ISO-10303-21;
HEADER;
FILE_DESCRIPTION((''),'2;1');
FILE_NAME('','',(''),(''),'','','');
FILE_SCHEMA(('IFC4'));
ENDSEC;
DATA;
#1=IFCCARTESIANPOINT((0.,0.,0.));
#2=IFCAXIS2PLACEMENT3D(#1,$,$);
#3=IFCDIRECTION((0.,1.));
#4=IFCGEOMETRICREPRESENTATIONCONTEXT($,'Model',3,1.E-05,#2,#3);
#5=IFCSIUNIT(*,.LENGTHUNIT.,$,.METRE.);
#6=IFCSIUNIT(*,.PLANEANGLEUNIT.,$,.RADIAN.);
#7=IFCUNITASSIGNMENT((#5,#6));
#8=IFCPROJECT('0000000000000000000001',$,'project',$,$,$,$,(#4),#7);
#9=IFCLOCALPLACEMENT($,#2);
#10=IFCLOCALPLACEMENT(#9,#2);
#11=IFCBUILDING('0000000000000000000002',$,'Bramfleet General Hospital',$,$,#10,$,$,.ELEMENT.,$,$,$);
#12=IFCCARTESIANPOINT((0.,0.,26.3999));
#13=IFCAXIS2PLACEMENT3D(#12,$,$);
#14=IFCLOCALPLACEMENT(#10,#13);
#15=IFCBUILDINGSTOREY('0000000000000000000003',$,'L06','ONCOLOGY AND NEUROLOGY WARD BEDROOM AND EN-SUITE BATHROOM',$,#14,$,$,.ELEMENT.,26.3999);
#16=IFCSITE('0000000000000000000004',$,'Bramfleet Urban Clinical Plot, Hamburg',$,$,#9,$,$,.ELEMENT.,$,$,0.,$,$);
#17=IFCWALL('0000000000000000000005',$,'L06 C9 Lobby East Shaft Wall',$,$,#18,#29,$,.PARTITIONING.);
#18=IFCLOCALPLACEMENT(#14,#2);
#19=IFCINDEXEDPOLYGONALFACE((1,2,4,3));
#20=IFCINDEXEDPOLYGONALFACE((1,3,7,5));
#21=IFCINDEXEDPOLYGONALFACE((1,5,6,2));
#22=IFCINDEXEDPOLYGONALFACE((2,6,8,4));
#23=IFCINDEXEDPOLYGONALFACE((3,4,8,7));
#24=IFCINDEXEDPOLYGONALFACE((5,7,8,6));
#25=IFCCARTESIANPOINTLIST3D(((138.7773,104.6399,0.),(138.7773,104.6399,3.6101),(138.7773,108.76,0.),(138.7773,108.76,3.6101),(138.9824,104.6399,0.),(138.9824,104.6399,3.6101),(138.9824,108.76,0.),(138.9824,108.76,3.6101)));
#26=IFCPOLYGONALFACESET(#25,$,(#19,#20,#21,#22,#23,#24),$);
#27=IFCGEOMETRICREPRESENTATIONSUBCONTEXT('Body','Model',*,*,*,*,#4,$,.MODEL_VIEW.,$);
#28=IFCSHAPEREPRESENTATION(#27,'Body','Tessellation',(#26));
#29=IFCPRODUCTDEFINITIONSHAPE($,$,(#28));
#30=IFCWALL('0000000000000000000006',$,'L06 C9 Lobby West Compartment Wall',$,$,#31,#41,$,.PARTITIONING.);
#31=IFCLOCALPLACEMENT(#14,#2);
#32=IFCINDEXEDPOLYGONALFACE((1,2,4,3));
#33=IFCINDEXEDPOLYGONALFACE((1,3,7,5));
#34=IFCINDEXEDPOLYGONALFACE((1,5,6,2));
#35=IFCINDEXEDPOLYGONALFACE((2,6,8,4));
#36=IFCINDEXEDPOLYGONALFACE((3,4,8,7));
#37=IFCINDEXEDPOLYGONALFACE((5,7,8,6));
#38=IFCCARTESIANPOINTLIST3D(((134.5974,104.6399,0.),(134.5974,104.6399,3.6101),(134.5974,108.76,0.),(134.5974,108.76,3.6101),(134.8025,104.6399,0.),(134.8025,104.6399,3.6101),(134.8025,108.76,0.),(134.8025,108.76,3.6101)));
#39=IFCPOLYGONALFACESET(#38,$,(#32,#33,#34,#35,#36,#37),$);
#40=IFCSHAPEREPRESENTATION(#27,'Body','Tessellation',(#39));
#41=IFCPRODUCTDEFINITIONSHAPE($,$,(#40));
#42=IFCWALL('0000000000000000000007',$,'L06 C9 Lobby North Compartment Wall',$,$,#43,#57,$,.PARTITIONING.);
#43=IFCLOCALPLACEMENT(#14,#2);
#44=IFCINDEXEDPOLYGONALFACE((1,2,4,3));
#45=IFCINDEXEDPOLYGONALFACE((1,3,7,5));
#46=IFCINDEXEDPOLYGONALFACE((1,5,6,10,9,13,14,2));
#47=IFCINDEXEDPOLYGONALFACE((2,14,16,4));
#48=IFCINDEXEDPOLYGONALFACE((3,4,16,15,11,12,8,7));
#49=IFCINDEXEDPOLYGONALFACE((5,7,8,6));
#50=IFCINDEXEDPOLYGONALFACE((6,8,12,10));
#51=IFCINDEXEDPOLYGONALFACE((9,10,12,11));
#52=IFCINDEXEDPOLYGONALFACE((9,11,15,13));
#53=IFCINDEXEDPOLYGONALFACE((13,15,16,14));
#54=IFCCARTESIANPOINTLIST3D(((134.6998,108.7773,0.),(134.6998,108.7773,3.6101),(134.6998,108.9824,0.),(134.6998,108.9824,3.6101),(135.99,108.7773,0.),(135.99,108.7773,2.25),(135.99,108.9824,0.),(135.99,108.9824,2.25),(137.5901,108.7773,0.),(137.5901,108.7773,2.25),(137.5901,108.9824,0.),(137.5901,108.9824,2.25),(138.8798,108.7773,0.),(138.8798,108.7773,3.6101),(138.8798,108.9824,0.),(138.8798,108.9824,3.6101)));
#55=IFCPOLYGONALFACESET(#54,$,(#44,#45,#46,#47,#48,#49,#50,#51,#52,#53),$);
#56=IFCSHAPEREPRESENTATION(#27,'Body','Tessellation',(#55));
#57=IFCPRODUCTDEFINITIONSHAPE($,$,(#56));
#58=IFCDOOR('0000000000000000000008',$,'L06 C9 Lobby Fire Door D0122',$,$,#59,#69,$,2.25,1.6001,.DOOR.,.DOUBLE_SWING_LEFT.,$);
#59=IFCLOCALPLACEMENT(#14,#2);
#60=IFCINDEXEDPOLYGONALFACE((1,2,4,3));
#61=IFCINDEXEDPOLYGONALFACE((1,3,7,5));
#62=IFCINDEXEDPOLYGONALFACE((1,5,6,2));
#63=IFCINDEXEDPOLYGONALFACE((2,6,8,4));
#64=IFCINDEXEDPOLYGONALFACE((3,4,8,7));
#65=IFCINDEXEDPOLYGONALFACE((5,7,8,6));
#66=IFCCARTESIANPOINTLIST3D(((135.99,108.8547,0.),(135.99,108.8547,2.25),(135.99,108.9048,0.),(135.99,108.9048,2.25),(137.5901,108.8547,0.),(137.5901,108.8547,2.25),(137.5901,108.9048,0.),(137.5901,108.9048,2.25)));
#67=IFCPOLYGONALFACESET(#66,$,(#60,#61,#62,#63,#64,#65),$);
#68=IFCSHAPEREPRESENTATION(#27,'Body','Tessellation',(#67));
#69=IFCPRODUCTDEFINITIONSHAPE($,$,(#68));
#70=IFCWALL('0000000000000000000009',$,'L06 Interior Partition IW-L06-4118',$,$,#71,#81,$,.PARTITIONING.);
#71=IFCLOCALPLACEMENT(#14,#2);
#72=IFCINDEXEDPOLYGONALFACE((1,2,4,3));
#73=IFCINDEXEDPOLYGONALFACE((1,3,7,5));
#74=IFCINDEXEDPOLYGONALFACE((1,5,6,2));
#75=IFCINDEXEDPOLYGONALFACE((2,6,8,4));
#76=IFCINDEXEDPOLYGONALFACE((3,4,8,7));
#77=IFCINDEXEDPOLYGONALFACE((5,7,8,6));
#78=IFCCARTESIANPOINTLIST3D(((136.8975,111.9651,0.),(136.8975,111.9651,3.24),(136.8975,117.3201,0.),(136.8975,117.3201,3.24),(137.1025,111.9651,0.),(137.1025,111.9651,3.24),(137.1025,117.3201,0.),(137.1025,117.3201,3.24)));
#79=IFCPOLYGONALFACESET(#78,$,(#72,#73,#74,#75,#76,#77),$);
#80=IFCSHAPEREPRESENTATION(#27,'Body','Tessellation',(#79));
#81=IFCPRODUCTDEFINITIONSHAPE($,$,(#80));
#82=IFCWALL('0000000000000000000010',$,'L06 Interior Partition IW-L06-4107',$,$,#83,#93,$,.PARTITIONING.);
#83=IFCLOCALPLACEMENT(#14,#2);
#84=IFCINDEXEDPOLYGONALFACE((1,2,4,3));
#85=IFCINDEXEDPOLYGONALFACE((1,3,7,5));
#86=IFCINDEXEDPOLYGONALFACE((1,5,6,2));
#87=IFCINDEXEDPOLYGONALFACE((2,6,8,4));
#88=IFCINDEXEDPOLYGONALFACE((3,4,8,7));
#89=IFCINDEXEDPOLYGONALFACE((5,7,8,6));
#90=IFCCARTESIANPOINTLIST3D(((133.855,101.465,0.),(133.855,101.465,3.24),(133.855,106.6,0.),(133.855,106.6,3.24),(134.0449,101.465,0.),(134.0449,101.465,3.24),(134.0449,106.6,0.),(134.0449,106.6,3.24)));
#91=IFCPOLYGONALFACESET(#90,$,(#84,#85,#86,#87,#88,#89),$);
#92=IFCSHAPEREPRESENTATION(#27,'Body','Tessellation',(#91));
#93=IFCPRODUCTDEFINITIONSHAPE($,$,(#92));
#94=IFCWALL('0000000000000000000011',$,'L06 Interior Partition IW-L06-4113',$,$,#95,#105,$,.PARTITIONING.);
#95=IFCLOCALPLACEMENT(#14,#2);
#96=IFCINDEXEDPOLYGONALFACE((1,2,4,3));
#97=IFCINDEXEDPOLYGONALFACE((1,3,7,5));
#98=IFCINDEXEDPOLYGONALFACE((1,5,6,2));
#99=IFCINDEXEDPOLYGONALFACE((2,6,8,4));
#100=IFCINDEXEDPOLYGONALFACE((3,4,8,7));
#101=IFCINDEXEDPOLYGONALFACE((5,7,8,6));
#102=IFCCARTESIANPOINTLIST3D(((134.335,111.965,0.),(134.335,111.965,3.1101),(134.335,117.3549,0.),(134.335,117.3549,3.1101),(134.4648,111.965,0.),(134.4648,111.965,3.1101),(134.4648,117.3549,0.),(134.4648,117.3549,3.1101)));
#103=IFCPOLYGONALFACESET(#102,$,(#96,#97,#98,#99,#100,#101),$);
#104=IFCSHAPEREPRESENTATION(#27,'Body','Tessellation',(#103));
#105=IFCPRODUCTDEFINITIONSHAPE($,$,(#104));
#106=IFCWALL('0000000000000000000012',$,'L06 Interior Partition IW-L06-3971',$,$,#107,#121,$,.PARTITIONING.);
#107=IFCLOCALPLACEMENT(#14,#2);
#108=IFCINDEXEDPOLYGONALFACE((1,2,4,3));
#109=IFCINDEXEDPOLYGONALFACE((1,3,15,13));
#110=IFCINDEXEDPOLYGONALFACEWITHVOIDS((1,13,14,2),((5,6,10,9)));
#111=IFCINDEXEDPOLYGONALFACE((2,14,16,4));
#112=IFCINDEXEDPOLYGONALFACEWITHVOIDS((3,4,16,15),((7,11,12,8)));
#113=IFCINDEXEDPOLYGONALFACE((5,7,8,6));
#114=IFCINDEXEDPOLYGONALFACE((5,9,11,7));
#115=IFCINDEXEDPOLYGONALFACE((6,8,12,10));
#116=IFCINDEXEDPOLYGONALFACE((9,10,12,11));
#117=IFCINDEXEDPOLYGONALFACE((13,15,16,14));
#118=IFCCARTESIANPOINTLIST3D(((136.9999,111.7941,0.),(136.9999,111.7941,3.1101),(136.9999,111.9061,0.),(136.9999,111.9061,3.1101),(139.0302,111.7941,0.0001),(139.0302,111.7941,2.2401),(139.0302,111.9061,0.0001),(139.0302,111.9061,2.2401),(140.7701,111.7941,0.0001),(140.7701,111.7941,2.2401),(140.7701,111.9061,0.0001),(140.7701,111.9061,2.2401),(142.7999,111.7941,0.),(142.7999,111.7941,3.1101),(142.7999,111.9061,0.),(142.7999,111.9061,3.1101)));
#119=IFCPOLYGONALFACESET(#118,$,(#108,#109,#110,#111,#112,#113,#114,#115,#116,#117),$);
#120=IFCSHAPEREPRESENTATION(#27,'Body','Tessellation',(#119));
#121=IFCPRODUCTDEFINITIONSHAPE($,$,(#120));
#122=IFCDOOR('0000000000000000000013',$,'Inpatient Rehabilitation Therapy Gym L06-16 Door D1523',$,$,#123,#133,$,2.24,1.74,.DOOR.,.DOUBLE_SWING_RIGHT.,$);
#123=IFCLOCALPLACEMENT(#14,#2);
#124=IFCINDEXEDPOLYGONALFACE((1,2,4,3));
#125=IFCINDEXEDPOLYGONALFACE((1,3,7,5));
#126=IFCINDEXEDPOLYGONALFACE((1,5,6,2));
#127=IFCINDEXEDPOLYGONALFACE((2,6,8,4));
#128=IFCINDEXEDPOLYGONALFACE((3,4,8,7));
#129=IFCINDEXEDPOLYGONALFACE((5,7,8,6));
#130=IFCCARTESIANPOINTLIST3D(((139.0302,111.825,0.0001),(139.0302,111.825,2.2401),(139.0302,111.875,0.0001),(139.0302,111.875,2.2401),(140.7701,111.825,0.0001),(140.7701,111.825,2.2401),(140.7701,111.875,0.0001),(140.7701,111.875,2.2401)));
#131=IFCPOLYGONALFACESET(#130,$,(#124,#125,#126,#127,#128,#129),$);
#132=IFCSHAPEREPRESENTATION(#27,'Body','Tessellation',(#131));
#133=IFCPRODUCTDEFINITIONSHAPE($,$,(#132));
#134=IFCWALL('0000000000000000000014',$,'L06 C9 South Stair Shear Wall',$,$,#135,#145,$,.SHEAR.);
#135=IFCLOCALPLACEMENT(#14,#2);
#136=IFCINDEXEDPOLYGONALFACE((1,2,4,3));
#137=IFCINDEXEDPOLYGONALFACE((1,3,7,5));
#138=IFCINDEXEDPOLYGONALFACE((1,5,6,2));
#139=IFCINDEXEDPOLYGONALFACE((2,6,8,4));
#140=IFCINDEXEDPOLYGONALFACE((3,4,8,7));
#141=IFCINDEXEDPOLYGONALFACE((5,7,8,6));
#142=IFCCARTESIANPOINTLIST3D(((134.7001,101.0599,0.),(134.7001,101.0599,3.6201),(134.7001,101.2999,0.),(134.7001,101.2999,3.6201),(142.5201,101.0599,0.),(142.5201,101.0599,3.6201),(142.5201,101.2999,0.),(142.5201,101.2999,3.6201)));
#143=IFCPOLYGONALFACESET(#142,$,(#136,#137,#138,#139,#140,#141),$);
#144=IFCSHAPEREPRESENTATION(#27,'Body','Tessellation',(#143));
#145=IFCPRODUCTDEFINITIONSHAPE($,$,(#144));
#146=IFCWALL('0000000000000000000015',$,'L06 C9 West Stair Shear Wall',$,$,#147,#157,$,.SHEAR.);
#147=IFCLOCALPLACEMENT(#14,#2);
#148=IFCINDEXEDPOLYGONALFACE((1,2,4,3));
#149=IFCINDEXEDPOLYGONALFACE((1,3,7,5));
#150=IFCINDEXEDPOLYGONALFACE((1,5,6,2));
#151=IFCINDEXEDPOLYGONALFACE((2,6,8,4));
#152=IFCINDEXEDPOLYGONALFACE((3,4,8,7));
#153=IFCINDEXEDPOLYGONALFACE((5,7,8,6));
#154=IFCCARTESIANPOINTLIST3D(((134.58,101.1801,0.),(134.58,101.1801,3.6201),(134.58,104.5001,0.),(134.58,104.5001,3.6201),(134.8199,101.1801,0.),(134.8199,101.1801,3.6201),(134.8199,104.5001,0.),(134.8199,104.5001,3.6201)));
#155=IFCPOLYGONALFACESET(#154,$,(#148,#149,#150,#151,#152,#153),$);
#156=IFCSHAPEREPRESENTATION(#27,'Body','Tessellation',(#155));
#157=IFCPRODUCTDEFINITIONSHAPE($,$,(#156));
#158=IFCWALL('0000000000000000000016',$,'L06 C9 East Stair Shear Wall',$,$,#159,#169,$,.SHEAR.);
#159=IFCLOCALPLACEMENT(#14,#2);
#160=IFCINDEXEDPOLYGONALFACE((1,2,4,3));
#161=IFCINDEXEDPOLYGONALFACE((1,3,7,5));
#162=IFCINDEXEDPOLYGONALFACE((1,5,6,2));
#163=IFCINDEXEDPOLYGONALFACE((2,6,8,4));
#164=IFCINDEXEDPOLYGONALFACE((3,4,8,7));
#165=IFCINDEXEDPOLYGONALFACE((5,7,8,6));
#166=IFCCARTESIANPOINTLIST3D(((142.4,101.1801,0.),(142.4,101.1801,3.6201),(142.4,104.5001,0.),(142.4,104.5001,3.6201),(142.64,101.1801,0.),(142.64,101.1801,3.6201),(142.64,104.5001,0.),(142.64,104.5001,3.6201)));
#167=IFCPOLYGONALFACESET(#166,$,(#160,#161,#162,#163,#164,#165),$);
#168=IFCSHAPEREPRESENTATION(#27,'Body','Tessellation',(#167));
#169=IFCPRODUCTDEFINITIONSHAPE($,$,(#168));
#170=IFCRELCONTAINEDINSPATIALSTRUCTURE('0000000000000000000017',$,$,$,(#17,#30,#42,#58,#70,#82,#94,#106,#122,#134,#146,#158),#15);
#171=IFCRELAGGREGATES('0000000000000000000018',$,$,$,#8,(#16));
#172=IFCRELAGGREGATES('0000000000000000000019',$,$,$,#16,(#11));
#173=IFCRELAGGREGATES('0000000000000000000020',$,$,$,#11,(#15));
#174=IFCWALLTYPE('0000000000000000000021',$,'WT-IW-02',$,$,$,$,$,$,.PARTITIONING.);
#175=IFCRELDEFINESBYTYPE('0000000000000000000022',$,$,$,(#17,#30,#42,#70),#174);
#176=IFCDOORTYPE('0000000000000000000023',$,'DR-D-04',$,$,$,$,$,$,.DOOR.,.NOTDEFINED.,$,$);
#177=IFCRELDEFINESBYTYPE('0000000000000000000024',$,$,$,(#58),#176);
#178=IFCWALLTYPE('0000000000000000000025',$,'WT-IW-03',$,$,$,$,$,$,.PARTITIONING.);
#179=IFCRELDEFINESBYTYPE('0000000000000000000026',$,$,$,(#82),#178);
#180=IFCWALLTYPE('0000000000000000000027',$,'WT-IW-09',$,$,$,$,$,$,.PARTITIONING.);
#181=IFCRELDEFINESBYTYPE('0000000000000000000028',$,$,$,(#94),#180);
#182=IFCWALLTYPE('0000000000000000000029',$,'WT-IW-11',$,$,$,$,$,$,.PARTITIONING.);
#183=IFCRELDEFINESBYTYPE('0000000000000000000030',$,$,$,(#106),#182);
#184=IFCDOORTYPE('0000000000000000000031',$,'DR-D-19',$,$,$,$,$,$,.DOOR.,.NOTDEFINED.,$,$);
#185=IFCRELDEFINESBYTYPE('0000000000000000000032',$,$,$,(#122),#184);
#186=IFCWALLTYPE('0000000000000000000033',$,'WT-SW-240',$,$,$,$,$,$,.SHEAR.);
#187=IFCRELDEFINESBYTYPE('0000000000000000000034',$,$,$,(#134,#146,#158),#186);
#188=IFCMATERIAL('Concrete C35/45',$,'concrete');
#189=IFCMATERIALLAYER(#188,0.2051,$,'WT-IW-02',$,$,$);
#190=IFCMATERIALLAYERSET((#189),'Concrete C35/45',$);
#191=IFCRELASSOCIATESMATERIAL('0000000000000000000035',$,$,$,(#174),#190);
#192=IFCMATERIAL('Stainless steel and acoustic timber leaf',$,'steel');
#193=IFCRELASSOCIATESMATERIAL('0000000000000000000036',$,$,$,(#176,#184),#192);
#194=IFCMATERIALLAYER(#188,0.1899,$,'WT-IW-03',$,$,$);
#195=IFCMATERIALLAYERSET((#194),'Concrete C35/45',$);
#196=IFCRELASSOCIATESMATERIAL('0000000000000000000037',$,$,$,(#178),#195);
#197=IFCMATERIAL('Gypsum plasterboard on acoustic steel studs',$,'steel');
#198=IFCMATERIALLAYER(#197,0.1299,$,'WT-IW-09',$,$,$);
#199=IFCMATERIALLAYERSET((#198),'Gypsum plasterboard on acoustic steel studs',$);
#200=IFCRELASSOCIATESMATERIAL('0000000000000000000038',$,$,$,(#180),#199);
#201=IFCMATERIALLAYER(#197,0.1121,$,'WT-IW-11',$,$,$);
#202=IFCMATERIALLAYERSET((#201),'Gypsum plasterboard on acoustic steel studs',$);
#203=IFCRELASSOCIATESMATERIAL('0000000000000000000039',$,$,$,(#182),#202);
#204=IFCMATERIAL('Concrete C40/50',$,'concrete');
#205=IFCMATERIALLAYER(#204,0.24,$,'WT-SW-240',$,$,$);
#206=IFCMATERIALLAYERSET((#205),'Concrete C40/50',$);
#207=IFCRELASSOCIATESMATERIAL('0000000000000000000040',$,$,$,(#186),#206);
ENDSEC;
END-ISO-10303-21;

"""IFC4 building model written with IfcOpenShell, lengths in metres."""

from ifc_helpers import new_model, si_unit, direction, frame, frame_2d, origin, place, context, subcontext, project, spatial, rectangle, extrude, material, layer, layer_set, type_object, element, fill, save


model = new_model("IFC4")

# Units and contexts
model_context = context("Model", 3, precision=1e-05, world=origin(), true_north=direction((0.0, 1.0)))
body_context = subcontext(model_context, "Body", "Model", "MODEL_VIEW")
ifc_project = project(units=[si_unit("LENGTHUNIT", "METRE"), si_unit("PLANEANGLEUNIT", "RADIAN")], contexts=[model_context])

# Site, building, storey
site_placement = place(None, origin())
site = spatial("IfcSite", under=ifc_project, at=site_placement, Name="Bramfleet Urban Clinical Plot, Hamburg", CompositionType="ELEMENT", RefElevation=0.0)
building_placement = place(site_placement, origin())
building = spatial("IfcBuilding", under=site, at=building_placement, Name="Bramfleet General Hospital", CompositionType="ELEMENT")
storey_placement = place(building_placement, frame((0.0, 0.0, 26.3999)))
storey = spatial("IfcBuildingStorey", under=building, at=storey_placement, Name="L06", Description="ONCOLOGY AND NEUROLOGY WARD BEDROOM AND EN-SUITE BATHROOM", CompositionType="ELEMENT", Elevation=26.3999)

# Shared definitions
ifc_material_1 = material(Name="Concrete C40/50", Category="concrete")

# Shared definitions
ifc_material_2 = material(Name="Concrete C35/45", Category="concrete")

# Walls
ifc_layer_1 = layer(ifc_material_2, 0.2051, Name="WT-IW-02")
ifc_layer_set_1 = layer_set([ifc_layer_1], Name="Concrete C35/45")
wall_type_1 = type_object("IfcWallType", Name="WT-IW-02", PredefinedType="PARTITIONING", material=ifc_layer_set_1)
for number, where, z_axis, x_axis, name in (
    (1, (138.8799, 104.6399, 0.0), (0.0, 0.0, 1.0), (0.0, 1.0, 0.0), "L06 C9 Lobby East Shaft Wall"),
    (2, (134.7, 104.6399, 0.0), (0.0, 0.0, 1.0), (0.0, 1.0, 0.0), "L06 C9 Lobby West Compartment Wall"),
):
    element("IfcWall", number, at=place(storey_placement, frame(where, z_axis=z_axis, x_axis=x_axis)), inside=storey, type_object=wall_type_1, Name=name, PredefinedType="PARTITIONING", context=body_context, shape_type="SweptSolid", body=[
        extrude(rectangle(XDim=4.1201, YDim=0.2051, at=frame_2d((2.0601, 0.0))), origin(), (0.0, 0.0, 1.0), 3.6101),
    ])

# Wall, opening, door
wall_1_placement = place(storey_placement, frame((134.7, 108.8799, 0.0), z_axis=(0.0, 0.0, 1.0), x_axis=(1.0, 0.0, 0.0)))
wall_1 = element("IfcWall", 3, at=wall_1_placement, inside=storey, type_object=wall_type_1, Name="L06 C9 Lobby North Compartment Wall", PredefinedType="PARTITIONING", context=body_context, shape_type="SweptSolid", body=[
    extrude(rectangle(XDim=4.1799, YDim=0.2051, at=frame_2d((2.0898, 0.0))), origin(), (0.0, 0.0, 1.0), 3.6101),
])
opening_1_placement = place(wall_1_placement, frame((1.29, 0.0, 0.0)))
opening_1 = element("IfcOpeningElement", 4, at=opening_1_placement, cuts=wall_1, PredefinedType="OPENING", context=body_context, shape_type="SweptSolid", body=[
    extrude(rectangle(XDim=1.6001, YDim=2.25, at=frame_2d((0.8, 1.125))), frame((0.0, 0.1125, 0.0), z_axis=(0.0, -1.0, 0.0), x_axis=(1.0, 0.0, 0.0)), (0.0, 0.0, 1.0), 0.2251),
])
ifc_material_3 = material(Name="Stainless steel and acoustic timber leaf", Category="steel")
door_type_1 = type_object("IfcDoorType", Name="DR-D-04", OperationType="NOTDEFINED", PredefinedType="DOOR", material=ifc_material_3)
door_1_placement = place(opening_1_placement, origin())
door_1 = element("IfcDoor", 5, at=door_1_placement, inside=storey, type_object=door_type_1, Name="L06 C9 Lobby Fire Door D0122", OperationType="DOUBLE_SWING_LEFT", OverallHeight=2.25, OverallWidth=1.6001, PredefinedType="DOOR", context=body_context, shape_type="SweptSolid", body=[
    extrude(rectangle(XDim=1.6001, YDim=2.25, at=frame_2d((0.8, 1.125))), frame((0.0, 0.0249, 0.0), z_axis=(0.0, -1.0, 0.0), x_axis=(1.0, 0.0, 0.0)), (0.0, 0.0, 1.0), 0.05),
])
fill(opening_1, door_1)

# Walls
wall_2_placement = place(storey_placement, frame((137.0, 111.9651, 0.0), z_axis=(0.0, 0.0, 1.0), x_axis=(0.0, 1.0, 0.0)))
element("IfcWall", 6, at=wall_2_placement, inside=storey, type_object=wall_type_1, Name="L06 Interior Partition IW-L06-4118", PredefinedType="PARTITIONING", context=body_context, shape_type="SweptSolid", body=[
    extrude(rectangle(XDim=5.355, YDim=0.2051, at=frame_2d((2.6775, 0.0))), origin(), (0.0, 0.0, 1.0), 3.24),
])
ifc_layer_2 = layer(ifc_material_2, 0.1899, Name="WT-IW-03")
ifc_layer_set_2 = layer_set([ifc_layer_2], Name="Concrete C35/45")
wall_type_2 = type_object("IfcWallType", Name="WT-IW-03", PredefinedType="PARTITIONING", material=ifc_layer_set_2)
wall_3_placement = place(storey_placement, frame((133.95, 101.4651, 0.0), z_axis=(0.0, 0.0, 1.0), x_axis=(0.0, 1.0, 0.0)))
element("IfcWall", 7, at=wall_3_placement, inside=storey, type_object=wall_type_2, Name="L06 Interior Partition IW-L06-4107", PredefinedType="PARTITIONING", context=body_context, shape_type="SweptSolid", body=[
    extrude(rectangle(XDim=5.135, YDim=0.1899, at=frame_2d((2.5674, 0.0))), origin(), (0.0, 0.0, 1.0), 3.24),
])
ifc_material_4 = material(Name="Gypsum plasterboard on acoustic steel studs", Category="steel")
ifc_layer_3 = layer(ifc_material_4, 0.1299, Name="WT-IW-09")
ifc_layer_set_3 = layer_set([ifc_layer_3], Name="Gypsum plasterboard on acoustic steel studs")
wall_type_3 = type_object("IfcWallType", Name="WT-IW-09", PredefinedType="PARTITIONING", material=ifc_layer_set_3)
wall_4_placement = place(storey_placement, frame((134.3999, 111.9651, 0.0), z_axis=(0.0, 0.0, 1.0), x_axis=(0.0, 1.0, 0.0)))
element("IfcWall", 8, at=wall_4_placement, inside=storey, type_object=wall_type_3, Name="L06 Interior Partition IW-L06-4113", PredefinedType="PARTITIONING", context=body_context, shape_type="SweptSolid", body=[
    extrude(rectangle(XDim=5.3899, YDim=0.1299, at=frame_2d((2.6948, 0.0))), origin(), (0.0, 0.0, 1.0), 3.1101),
])

# Wall, opening, door
ifc_layer_4 = layer(ifc_material_4, 0.1121, Name="WT-IW-11")
ifc_layer_set_4 = layer_set([ifc_layer_4], Name="Gypsum plasterboard on acoustic steel studs")
wall_type_4 = type_object("IfcWallType", Name="WT-IW-11", PredefinedType="PARTITIONING", material=ifc_layer_set_4)
wall_5_placement = place(storey_placement, frame((137.0, 111.8501, 0.0), z_axis=(0.0, 0.0, 1.0), x_axis=(1.0, 0.0, 0.0)))
wall_5 = element("IfcWall", 9, at=wall_5_placement, inside=storey, type_object=wall_type_4, Name="L06 Interior Partition IW-L06-3971", PredefinedType="PARTITIONING", context=body_context, shape_type="SweptSolid", body=[
    extrude(rectangle(XDim=5.8, YDim=0.1121, at=frame_2d((2.8999, 0.0))), origin(), (0.0, 0.0, 1.0), 3.1101),
])
opening_2_placement = place(wall_5_placement, frame((2.03, 0.0, 0.0)))
opening_2 = element("IfcOpeningElement", 10, at=opening_2_placement, cuts=wall_5, PredefinedType="OPENING", context=body_context, shape_type="SweptSolid", body=[
    extrude(rectangle(XDim=1.74, YDim=2.24, at=frame_2d((0.8701, 1.1201))), frame((0.0, 0.0659, 0.0), z_axis=(0.0, -1.0, 0.0), x_axis=(1.0, 0.0, 0.0)), (0.0, 0.0, 1.0), 0.1321),
])
door_type_2 = type_object("IfcDoorType", Name="DR-D-19", OperationType="NOTDEFINED", PredefinedType="DOOR", material=ifc_material_3)
door_2_placement = place(opening_2_placement, origin())
door_2 = element("IfcDoor", 11, at=door_2_placement, inside=storey, type_object=door_type_2, Name="Inpatient Rehabilitation Therapy Gym L06-16 Door D1523", OperationType="DOUBLE_SWING_RIGHT", OverallHeight=2.24, OverallWidth=1.74, PredefinedType="DOOR", context=body_context, shape_type="SweptSolid", body=[
    extrude(rectangle(XDim=1.74, YDim=2.24, at=frame_2d((0.8701, 1.1201))), frame((0.0, 0.0249, 0.0), z_axis=(0.0, -1.0, 0.0), x_axis=(1.0, 0.0, 0.0)), (0.0, 0.0, 1.0), 0.05),
])
fill(opening_2, door_2)

# Walls
ifc_layer_5 = layer(ifc_material_1, 0.24, Name="WT-SW-240")
ifc_layer_set_5 = layer_set([ifc_layer_5], Name="Concrete C40/50")
wall_type_5 = type_object("IfcWallType", Name="WT-SW-240", PredefinedType="SHEAR", material=ifc_layer_set_5)
wall_6_placement = place(storey_placement, frame((134.7, 101.1799, 0.0), z_axis=(0.0, 0.0, 1.0), x_axis=(1.0, 0.0, 0.0)))
element("IfcWall", 12, at=wall_6_placement, inside=storey, type_object=wall_type_5, Name="L06 C9 South Stair Shear Wall", PredefinedType="SHEAR", context=body_context, shape_type="SweptSolid", body=[
    extrude(rectangle(XDim=7.8201, YDim=0.24, at=frame_2d((3.9102, 0.0))), origin(), (0.0, 0.0, 1.0), 3.6201),
])
for number, where, z_axis, x_axis, name in (
    (13, (134.7, 101.1799, 0.0), (0.0, 0.0, 1.0), (0.0, 1.0, 0.0), "L06 C9 West Stair Shear Wall"),
    (14, (142.52, 101.1799, 0.0), (0.0, 0.0, 1.0), (0.0, 1.0, 0.0), "L06 C9 East Stair Shear Wall"),
):
    element("IfcWall", number, at=place(storey_placement, frame(where, z_axis=z_axis, x_axis=x_axis)), inside=storey, type_object=wall_type_5, Name=name, PredefinedType="SHEAR", context=body_context, shape_type="SweptSolid", body=[
        extrude(rectangle(XDim=3.3201, YDim=0.24, at=frame_2d((1.6602, 0.0))), origin(), (0.0, 0.0, 1.0), 3.6201),
    ])

save(model, "model.ifc")
